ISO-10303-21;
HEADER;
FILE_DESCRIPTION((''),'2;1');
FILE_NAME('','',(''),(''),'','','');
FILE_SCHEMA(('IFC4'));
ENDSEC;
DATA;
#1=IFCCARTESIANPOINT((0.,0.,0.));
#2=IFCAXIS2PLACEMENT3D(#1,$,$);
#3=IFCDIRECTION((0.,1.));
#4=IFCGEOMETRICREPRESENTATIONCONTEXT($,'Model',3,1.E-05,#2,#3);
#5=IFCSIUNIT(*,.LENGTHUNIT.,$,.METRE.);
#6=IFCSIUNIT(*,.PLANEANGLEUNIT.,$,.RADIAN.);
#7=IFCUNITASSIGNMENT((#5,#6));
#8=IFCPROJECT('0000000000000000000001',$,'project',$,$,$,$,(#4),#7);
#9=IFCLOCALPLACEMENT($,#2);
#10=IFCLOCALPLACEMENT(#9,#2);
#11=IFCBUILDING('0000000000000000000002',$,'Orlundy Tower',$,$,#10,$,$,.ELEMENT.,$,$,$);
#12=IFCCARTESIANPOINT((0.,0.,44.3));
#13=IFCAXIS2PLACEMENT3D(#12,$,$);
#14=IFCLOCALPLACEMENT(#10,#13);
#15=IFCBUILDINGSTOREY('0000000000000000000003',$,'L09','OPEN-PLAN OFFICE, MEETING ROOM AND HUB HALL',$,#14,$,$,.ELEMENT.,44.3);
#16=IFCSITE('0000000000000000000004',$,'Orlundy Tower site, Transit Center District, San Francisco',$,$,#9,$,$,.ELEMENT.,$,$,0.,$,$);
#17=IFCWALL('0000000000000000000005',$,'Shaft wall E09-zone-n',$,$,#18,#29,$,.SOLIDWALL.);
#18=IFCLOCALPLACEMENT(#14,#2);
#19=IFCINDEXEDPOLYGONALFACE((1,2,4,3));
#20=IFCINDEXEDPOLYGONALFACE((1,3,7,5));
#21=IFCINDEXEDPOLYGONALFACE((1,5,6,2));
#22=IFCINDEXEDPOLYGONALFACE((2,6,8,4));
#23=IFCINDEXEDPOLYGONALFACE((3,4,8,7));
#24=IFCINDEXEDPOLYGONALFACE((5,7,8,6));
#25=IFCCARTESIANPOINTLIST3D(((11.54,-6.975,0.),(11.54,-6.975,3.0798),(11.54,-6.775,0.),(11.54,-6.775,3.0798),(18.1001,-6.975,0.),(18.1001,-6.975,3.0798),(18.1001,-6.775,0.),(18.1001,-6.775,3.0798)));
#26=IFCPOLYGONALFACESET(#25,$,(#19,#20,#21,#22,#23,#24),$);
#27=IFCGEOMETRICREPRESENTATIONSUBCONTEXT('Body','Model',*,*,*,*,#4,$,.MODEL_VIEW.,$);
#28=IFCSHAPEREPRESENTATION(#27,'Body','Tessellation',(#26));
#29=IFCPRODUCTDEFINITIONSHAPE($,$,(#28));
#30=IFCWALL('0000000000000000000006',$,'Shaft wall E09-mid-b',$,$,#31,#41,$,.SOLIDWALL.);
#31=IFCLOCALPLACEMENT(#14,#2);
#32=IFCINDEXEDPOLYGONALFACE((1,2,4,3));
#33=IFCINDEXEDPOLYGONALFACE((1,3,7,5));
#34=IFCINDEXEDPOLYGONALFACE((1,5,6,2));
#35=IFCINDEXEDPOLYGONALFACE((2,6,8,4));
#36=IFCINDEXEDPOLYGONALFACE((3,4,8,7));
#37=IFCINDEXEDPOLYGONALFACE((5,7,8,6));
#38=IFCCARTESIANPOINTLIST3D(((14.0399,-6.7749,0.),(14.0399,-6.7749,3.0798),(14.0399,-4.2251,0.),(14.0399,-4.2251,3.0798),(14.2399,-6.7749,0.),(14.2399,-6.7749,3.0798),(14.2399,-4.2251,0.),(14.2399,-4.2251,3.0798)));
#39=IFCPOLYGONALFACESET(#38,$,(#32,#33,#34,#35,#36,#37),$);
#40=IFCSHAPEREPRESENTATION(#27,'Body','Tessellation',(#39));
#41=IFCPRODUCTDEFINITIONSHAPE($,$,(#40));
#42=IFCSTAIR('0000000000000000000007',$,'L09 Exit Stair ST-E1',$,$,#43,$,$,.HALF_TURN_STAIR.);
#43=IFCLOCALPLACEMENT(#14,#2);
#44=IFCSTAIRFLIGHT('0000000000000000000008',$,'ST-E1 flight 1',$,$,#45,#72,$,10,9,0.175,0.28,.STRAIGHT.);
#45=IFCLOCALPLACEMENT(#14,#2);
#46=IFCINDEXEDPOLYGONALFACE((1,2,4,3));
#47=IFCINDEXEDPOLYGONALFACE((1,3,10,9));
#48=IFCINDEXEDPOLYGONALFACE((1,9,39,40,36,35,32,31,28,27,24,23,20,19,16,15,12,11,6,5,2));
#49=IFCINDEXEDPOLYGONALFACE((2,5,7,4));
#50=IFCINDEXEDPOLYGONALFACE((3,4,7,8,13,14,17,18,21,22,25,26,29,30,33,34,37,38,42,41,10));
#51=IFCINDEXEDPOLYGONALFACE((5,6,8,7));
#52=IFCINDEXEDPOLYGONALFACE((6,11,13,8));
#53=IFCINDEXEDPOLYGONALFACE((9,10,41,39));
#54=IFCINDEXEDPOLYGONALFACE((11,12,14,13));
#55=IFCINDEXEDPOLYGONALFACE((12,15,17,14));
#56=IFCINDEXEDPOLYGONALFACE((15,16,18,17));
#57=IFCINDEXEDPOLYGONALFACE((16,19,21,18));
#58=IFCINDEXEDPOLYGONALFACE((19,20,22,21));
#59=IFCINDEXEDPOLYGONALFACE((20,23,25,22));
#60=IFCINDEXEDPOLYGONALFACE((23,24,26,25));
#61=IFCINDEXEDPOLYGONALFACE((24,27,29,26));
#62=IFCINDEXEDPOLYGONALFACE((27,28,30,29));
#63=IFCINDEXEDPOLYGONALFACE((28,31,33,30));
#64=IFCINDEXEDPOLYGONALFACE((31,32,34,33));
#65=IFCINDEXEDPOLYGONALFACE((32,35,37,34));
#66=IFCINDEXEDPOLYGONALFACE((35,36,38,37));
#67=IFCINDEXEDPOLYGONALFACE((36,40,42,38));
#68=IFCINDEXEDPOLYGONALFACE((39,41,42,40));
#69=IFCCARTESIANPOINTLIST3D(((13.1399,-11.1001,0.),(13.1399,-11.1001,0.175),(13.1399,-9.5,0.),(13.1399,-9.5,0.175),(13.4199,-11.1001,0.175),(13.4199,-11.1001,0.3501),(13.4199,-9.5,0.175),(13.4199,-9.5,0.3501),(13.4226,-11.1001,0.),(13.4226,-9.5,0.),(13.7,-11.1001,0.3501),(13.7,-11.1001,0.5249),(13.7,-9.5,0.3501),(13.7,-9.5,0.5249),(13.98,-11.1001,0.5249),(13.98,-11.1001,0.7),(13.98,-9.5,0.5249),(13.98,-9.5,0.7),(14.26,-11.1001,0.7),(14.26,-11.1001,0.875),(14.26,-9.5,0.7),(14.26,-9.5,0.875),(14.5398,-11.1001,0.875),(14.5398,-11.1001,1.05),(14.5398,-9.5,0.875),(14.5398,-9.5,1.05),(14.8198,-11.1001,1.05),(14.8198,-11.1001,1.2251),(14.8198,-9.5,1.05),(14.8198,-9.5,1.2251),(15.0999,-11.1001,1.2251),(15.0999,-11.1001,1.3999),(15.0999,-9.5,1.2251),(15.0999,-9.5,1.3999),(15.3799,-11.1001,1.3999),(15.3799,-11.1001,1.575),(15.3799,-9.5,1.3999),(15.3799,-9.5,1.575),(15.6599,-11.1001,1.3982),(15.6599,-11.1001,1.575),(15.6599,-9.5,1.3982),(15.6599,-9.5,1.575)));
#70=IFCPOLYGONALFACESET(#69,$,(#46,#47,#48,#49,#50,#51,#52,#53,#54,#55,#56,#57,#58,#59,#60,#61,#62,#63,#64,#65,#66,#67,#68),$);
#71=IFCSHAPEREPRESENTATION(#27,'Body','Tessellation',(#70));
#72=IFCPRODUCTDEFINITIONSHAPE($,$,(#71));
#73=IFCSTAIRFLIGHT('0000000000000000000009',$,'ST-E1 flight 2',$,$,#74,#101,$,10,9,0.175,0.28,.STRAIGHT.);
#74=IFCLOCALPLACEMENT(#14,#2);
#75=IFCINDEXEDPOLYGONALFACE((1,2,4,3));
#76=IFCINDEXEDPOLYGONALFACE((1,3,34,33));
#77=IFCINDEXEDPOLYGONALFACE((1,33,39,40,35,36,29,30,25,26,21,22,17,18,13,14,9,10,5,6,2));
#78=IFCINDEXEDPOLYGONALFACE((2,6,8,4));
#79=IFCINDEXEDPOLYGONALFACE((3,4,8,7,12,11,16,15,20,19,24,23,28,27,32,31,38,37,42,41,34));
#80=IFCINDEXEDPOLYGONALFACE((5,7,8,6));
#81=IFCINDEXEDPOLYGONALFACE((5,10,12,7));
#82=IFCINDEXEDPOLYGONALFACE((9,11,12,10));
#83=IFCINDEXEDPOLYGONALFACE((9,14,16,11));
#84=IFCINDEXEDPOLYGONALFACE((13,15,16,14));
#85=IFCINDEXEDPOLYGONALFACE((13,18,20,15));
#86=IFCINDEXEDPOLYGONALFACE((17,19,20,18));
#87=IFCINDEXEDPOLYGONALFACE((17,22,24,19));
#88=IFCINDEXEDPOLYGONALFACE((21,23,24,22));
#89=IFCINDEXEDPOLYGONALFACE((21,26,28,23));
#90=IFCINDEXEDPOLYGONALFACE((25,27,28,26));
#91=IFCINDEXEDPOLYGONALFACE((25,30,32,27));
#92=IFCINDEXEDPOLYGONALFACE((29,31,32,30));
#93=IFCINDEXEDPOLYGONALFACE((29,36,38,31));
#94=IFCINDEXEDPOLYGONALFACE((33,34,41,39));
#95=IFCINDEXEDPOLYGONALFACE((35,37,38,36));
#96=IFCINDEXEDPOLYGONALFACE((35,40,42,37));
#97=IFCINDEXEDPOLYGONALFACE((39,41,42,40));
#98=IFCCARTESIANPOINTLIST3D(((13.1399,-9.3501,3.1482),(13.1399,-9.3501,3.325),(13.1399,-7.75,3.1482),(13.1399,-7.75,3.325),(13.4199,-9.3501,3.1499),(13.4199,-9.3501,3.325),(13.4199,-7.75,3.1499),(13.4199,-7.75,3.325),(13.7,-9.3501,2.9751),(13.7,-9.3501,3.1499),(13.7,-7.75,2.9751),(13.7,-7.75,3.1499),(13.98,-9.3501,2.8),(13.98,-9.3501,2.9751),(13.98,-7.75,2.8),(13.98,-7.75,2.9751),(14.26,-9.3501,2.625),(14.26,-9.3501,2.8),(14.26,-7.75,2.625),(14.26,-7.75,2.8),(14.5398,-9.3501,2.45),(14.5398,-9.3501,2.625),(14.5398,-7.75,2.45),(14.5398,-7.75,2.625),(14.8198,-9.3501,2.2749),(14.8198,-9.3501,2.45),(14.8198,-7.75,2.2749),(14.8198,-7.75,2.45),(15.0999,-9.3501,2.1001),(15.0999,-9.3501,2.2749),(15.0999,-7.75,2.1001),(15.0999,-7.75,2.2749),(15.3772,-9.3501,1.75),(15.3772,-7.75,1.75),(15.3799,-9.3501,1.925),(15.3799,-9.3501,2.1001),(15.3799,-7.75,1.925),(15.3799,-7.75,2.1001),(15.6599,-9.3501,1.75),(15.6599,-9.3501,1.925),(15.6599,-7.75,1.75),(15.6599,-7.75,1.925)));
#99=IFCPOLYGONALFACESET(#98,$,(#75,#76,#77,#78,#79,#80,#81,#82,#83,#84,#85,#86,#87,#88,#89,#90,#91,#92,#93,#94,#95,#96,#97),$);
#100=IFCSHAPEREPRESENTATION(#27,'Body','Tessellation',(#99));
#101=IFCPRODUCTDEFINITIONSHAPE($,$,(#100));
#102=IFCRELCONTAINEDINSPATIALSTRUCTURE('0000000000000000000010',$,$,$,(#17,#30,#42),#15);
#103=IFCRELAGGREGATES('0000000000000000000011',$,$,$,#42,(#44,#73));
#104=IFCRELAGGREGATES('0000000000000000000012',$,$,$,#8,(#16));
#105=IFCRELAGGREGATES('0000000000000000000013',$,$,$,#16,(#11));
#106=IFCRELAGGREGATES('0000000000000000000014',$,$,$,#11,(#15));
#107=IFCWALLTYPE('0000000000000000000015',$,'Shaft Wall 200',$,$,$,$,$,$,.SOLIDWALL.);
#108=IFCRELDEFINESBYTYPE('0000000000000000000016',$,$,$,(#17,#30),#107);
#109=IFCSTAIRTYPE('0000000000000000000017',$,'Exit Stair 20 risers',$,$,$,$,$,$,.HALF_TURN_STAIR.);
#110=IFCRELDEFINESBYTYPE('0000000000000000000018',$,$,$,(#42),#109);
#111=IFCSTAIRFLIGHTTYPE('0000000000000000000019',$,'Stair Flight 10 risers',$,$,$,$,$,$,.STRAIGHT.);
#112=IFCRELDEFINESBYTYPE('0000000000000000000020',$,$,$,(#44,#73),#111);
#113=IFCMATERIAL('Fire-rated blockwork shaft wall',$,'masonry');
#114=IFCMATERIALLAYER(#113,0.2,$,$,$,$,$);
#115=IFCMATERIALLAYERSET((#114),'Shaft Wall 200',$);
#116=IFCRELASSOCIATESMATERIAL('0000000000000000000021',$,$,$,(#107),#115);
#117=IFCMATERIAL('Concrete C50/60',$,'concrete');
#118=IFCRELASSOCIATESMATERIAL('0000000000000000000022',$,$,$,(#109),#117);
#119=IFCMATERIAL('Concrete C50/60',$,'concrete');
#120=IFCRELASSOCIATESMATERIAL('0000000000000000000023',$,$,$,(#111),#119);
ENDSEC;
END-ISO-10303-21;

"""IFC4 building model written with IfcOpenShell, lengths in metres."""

from ifc_helpers import new_model, si_unit, direction, frame, frame_2d, origin, place, context, subcontext, project, spatial, polyline, rectangle, outline, extrude, material, layer, layer_set, type_object, element, aggregate, save


model = new_model("IFC4")

# Units and contexts
model_context = context("Model", 3, precision=1e-05, world=origin(), true_north=direction((0.0, 1.0)))
body_context = subcontext(model_context, "Body", "Model", "MODEL_VIEW")
ifc_project = project(units=[si_unit("LENGTHUNIT", "METRE"), si_unit("PLANEANGLEUNIT", "RADIAN")], contexts=[model_context])

# Site, building, storey
site_placement = place(None, origin())
site = spatial("IfcSite", under=ifc_project, at=site_placement, Name="Orlundy Tower site, Transit Center District, San Francisco", CompositionType="ELEMENT", RefElevation=0.0)
building_placement = place(site_placement, origin())
building = spatial("IfcBuilding", under=site, at=building_placement, Name="Orlundy Tower", CompositionType="ELEMENT")
storey_placement = place(building_placement, frame((0.0, 0.0, 44.3)))
storey = spatial("IfcBuildingStorey", under=building, at=storey_placement, Name="L09", Description="OPEN-PLAN OFFICE, MEETING ROOM AND HUB HALL", CompositionType="ELEMENT", Elevation=44.3)

# Walls
ifc_material_1 = material(Name="Fire-rated blockwork shaft wall", Category="masonry")
ifc_layer_1 = layer(ifc_material_1, 0.2)
ifc_layer_set_1 = layer_set([ifc_layer_1], Name="Shaft Wall 200")
wall_type_1 = type_object("IfcWallType", Name="Shaft Wall 200", PredefinedType="SOLIDWALL", material=ifc_layer_set_1)
wall_1_placement = place(storey_placement, frame((11.54, -6.875, 0.0), z_axis=(0.0, 0.0, 1.0), x_axis=(1.0, 0.0, 0.0)))
element("IfcWall", 1, at=wall_1_placement, inside=storey, type_object=wall_type_1, Name="Shaft wall E09-zone-n", PredefinedType="SOLIDWALL", context=body_context, shape_type="SweptSolid", body=[
    extrude(rectangle(XDim=6.5601, YDim=0.2, at=frame_2d((3.28, 0.0))), origin(), (0.0, 0.0, 1.0), 3.0798),
])
wall_2_placement = place(storey_placement, frame((14.1399, -4.2251, 0.0), z_axis=(0.0, 0.0, 1.0), x_axis=(0.0, -1.0, 0.0)))
element("IfcWall", 2, at=wall_2_placement, inside=storey, type_object=wall_type_1, Name="Shaft wall E09-mid-b", PredefinedType="SOLIDWALL", context=body_context, shape_type="SweptSolid", body=[
    extrude(rectangle(XDim=2.5498, YDim=0.2, at=frame_2d((1.2749, 0.0))), origin(), (0.0, 0.0, 1.0), 3.0798),
])

# Stair, stair flights
ifc_material_2 = material(Name="Concrete C50/60", Category="concrete")
stair_type = type_object("IfcStairType", Name="Exit Stair 20 risers", PredefinedType="HALF_TURN_STAIR", material=ifc_material_2)
stair_placement = place(storey_placement, origin())
stair = element("IfcStair", 3, at=stair_placement, inside=storey, type_object=stair_type, Name="L09 Exit Stair ST-E1", PredefinedType="HALF_TURN_STAIR")
ifc_material_3 = material(Name="Concrete C50/60", Category="concrete")
stair_flight_type = type_object("IfcStairFlightType", Name="Stair Flight 10 risers", PredefinedType="STRAIGHT", material=ifc_material_3)
stair_flight_1_placement = place(storey_placement, frame((13.1399, -10.3, 0.0), z_axis=(0.0, 0.0, 1.0), x_axis=(1.0, 0.0, 0.0)))
stair_flight_1 = element("IfcStairFlight", 4, at=stair_flight_1_placement, type_object=stair_flight_type, Name="ST-E1 flight 1", NumberOfRisers=10, NumberOfTreads=9, PredefinedType="STRAIGHT", RiserHeight=0.175, TreadLength=0.28, context=body_context, shape_type="SweptSolid", body=[
    extrude(outline(polyline([(0.0, 0.0), (0.0, 0.175), (0.28, 0.175), (0.28, 0.3501), (0.5601, 0.3501), (0.5601, 0.5249), (0.8401, 0.5249), (0.8401, 0.7), (1.1201, 0.7), (1.1201, 0.875), (1.3999, 0.875), (1.3999, 1.05), (1.6799, 1.05), (1.6799, 1.2251), (1.96, 1.2251), (1.96, 1.3999), (2.24, 1.3999), (2.24, 1.575), (2.52, 1.575), (2.52, 1.75), (2.52, 1.3982), (0.2827, 0.0), (0.0, 0.0)])), frame((0.0, 0.8, 0.0), z_axis=(0.0, -1.0, 0.0), x_axis=(1.0, 0.0, 0.0)), (0.0, 0.0, 1.0), 1.6001),
])
stair_flight_2_placement = place(storey_placement, frame((15.6599, -8.55, 1.75), z_axis=(0.0, 0.0, 1.0), x_axis=(-1.0, 0.0, 0.0)))
stair_flight_2 = element("IfcStairFlight", 5, at=stair_flight_2_placement, type_object=stair_flight_type, Name="ST-E1 flight 2", NumberOfRisers=10, NumberOfTreads=9, PredefinedType="STRAIGHT", RiserHeight=0.175, TreadLength=0.28, context=body_context, shape_type="SweptSolid", body=[
    extrude(outline(polyline([(0.0, 0.0), (0.0, 0.175), (0.28, 0.175), (0.28, 0.3501), (0.5601, 0.3501), (0.5601, 0.5249), (0.8401, 0.5249), (0.8401, 0.7), (1.1201, 0.7), (1.1201, 0.875), (1.3999, 0.875), (1.3999, 1.05), (1.6799, 1.05), (1.6799, 1.2251), (1.96, 1.2251), (1.96, 1.3999), (2.24, 1.3999), (2.24, 1.575), (2.52, 1.575), (2.52, 1.75), (2.52, 1.3982), (0.2827, 0.0), (0.0, 0.0)])), frame((0.0, 0.8, 0.0), z_axis=(0.0, -1.0, 0.0), x_axis=(1.0, 0.0, 0.0)), (0.0, 0.0, 1.0), 1.6001),
])
aggregate(stair, [stair_flight_1, stair_flight_2])

save(model, "model.ifc")
